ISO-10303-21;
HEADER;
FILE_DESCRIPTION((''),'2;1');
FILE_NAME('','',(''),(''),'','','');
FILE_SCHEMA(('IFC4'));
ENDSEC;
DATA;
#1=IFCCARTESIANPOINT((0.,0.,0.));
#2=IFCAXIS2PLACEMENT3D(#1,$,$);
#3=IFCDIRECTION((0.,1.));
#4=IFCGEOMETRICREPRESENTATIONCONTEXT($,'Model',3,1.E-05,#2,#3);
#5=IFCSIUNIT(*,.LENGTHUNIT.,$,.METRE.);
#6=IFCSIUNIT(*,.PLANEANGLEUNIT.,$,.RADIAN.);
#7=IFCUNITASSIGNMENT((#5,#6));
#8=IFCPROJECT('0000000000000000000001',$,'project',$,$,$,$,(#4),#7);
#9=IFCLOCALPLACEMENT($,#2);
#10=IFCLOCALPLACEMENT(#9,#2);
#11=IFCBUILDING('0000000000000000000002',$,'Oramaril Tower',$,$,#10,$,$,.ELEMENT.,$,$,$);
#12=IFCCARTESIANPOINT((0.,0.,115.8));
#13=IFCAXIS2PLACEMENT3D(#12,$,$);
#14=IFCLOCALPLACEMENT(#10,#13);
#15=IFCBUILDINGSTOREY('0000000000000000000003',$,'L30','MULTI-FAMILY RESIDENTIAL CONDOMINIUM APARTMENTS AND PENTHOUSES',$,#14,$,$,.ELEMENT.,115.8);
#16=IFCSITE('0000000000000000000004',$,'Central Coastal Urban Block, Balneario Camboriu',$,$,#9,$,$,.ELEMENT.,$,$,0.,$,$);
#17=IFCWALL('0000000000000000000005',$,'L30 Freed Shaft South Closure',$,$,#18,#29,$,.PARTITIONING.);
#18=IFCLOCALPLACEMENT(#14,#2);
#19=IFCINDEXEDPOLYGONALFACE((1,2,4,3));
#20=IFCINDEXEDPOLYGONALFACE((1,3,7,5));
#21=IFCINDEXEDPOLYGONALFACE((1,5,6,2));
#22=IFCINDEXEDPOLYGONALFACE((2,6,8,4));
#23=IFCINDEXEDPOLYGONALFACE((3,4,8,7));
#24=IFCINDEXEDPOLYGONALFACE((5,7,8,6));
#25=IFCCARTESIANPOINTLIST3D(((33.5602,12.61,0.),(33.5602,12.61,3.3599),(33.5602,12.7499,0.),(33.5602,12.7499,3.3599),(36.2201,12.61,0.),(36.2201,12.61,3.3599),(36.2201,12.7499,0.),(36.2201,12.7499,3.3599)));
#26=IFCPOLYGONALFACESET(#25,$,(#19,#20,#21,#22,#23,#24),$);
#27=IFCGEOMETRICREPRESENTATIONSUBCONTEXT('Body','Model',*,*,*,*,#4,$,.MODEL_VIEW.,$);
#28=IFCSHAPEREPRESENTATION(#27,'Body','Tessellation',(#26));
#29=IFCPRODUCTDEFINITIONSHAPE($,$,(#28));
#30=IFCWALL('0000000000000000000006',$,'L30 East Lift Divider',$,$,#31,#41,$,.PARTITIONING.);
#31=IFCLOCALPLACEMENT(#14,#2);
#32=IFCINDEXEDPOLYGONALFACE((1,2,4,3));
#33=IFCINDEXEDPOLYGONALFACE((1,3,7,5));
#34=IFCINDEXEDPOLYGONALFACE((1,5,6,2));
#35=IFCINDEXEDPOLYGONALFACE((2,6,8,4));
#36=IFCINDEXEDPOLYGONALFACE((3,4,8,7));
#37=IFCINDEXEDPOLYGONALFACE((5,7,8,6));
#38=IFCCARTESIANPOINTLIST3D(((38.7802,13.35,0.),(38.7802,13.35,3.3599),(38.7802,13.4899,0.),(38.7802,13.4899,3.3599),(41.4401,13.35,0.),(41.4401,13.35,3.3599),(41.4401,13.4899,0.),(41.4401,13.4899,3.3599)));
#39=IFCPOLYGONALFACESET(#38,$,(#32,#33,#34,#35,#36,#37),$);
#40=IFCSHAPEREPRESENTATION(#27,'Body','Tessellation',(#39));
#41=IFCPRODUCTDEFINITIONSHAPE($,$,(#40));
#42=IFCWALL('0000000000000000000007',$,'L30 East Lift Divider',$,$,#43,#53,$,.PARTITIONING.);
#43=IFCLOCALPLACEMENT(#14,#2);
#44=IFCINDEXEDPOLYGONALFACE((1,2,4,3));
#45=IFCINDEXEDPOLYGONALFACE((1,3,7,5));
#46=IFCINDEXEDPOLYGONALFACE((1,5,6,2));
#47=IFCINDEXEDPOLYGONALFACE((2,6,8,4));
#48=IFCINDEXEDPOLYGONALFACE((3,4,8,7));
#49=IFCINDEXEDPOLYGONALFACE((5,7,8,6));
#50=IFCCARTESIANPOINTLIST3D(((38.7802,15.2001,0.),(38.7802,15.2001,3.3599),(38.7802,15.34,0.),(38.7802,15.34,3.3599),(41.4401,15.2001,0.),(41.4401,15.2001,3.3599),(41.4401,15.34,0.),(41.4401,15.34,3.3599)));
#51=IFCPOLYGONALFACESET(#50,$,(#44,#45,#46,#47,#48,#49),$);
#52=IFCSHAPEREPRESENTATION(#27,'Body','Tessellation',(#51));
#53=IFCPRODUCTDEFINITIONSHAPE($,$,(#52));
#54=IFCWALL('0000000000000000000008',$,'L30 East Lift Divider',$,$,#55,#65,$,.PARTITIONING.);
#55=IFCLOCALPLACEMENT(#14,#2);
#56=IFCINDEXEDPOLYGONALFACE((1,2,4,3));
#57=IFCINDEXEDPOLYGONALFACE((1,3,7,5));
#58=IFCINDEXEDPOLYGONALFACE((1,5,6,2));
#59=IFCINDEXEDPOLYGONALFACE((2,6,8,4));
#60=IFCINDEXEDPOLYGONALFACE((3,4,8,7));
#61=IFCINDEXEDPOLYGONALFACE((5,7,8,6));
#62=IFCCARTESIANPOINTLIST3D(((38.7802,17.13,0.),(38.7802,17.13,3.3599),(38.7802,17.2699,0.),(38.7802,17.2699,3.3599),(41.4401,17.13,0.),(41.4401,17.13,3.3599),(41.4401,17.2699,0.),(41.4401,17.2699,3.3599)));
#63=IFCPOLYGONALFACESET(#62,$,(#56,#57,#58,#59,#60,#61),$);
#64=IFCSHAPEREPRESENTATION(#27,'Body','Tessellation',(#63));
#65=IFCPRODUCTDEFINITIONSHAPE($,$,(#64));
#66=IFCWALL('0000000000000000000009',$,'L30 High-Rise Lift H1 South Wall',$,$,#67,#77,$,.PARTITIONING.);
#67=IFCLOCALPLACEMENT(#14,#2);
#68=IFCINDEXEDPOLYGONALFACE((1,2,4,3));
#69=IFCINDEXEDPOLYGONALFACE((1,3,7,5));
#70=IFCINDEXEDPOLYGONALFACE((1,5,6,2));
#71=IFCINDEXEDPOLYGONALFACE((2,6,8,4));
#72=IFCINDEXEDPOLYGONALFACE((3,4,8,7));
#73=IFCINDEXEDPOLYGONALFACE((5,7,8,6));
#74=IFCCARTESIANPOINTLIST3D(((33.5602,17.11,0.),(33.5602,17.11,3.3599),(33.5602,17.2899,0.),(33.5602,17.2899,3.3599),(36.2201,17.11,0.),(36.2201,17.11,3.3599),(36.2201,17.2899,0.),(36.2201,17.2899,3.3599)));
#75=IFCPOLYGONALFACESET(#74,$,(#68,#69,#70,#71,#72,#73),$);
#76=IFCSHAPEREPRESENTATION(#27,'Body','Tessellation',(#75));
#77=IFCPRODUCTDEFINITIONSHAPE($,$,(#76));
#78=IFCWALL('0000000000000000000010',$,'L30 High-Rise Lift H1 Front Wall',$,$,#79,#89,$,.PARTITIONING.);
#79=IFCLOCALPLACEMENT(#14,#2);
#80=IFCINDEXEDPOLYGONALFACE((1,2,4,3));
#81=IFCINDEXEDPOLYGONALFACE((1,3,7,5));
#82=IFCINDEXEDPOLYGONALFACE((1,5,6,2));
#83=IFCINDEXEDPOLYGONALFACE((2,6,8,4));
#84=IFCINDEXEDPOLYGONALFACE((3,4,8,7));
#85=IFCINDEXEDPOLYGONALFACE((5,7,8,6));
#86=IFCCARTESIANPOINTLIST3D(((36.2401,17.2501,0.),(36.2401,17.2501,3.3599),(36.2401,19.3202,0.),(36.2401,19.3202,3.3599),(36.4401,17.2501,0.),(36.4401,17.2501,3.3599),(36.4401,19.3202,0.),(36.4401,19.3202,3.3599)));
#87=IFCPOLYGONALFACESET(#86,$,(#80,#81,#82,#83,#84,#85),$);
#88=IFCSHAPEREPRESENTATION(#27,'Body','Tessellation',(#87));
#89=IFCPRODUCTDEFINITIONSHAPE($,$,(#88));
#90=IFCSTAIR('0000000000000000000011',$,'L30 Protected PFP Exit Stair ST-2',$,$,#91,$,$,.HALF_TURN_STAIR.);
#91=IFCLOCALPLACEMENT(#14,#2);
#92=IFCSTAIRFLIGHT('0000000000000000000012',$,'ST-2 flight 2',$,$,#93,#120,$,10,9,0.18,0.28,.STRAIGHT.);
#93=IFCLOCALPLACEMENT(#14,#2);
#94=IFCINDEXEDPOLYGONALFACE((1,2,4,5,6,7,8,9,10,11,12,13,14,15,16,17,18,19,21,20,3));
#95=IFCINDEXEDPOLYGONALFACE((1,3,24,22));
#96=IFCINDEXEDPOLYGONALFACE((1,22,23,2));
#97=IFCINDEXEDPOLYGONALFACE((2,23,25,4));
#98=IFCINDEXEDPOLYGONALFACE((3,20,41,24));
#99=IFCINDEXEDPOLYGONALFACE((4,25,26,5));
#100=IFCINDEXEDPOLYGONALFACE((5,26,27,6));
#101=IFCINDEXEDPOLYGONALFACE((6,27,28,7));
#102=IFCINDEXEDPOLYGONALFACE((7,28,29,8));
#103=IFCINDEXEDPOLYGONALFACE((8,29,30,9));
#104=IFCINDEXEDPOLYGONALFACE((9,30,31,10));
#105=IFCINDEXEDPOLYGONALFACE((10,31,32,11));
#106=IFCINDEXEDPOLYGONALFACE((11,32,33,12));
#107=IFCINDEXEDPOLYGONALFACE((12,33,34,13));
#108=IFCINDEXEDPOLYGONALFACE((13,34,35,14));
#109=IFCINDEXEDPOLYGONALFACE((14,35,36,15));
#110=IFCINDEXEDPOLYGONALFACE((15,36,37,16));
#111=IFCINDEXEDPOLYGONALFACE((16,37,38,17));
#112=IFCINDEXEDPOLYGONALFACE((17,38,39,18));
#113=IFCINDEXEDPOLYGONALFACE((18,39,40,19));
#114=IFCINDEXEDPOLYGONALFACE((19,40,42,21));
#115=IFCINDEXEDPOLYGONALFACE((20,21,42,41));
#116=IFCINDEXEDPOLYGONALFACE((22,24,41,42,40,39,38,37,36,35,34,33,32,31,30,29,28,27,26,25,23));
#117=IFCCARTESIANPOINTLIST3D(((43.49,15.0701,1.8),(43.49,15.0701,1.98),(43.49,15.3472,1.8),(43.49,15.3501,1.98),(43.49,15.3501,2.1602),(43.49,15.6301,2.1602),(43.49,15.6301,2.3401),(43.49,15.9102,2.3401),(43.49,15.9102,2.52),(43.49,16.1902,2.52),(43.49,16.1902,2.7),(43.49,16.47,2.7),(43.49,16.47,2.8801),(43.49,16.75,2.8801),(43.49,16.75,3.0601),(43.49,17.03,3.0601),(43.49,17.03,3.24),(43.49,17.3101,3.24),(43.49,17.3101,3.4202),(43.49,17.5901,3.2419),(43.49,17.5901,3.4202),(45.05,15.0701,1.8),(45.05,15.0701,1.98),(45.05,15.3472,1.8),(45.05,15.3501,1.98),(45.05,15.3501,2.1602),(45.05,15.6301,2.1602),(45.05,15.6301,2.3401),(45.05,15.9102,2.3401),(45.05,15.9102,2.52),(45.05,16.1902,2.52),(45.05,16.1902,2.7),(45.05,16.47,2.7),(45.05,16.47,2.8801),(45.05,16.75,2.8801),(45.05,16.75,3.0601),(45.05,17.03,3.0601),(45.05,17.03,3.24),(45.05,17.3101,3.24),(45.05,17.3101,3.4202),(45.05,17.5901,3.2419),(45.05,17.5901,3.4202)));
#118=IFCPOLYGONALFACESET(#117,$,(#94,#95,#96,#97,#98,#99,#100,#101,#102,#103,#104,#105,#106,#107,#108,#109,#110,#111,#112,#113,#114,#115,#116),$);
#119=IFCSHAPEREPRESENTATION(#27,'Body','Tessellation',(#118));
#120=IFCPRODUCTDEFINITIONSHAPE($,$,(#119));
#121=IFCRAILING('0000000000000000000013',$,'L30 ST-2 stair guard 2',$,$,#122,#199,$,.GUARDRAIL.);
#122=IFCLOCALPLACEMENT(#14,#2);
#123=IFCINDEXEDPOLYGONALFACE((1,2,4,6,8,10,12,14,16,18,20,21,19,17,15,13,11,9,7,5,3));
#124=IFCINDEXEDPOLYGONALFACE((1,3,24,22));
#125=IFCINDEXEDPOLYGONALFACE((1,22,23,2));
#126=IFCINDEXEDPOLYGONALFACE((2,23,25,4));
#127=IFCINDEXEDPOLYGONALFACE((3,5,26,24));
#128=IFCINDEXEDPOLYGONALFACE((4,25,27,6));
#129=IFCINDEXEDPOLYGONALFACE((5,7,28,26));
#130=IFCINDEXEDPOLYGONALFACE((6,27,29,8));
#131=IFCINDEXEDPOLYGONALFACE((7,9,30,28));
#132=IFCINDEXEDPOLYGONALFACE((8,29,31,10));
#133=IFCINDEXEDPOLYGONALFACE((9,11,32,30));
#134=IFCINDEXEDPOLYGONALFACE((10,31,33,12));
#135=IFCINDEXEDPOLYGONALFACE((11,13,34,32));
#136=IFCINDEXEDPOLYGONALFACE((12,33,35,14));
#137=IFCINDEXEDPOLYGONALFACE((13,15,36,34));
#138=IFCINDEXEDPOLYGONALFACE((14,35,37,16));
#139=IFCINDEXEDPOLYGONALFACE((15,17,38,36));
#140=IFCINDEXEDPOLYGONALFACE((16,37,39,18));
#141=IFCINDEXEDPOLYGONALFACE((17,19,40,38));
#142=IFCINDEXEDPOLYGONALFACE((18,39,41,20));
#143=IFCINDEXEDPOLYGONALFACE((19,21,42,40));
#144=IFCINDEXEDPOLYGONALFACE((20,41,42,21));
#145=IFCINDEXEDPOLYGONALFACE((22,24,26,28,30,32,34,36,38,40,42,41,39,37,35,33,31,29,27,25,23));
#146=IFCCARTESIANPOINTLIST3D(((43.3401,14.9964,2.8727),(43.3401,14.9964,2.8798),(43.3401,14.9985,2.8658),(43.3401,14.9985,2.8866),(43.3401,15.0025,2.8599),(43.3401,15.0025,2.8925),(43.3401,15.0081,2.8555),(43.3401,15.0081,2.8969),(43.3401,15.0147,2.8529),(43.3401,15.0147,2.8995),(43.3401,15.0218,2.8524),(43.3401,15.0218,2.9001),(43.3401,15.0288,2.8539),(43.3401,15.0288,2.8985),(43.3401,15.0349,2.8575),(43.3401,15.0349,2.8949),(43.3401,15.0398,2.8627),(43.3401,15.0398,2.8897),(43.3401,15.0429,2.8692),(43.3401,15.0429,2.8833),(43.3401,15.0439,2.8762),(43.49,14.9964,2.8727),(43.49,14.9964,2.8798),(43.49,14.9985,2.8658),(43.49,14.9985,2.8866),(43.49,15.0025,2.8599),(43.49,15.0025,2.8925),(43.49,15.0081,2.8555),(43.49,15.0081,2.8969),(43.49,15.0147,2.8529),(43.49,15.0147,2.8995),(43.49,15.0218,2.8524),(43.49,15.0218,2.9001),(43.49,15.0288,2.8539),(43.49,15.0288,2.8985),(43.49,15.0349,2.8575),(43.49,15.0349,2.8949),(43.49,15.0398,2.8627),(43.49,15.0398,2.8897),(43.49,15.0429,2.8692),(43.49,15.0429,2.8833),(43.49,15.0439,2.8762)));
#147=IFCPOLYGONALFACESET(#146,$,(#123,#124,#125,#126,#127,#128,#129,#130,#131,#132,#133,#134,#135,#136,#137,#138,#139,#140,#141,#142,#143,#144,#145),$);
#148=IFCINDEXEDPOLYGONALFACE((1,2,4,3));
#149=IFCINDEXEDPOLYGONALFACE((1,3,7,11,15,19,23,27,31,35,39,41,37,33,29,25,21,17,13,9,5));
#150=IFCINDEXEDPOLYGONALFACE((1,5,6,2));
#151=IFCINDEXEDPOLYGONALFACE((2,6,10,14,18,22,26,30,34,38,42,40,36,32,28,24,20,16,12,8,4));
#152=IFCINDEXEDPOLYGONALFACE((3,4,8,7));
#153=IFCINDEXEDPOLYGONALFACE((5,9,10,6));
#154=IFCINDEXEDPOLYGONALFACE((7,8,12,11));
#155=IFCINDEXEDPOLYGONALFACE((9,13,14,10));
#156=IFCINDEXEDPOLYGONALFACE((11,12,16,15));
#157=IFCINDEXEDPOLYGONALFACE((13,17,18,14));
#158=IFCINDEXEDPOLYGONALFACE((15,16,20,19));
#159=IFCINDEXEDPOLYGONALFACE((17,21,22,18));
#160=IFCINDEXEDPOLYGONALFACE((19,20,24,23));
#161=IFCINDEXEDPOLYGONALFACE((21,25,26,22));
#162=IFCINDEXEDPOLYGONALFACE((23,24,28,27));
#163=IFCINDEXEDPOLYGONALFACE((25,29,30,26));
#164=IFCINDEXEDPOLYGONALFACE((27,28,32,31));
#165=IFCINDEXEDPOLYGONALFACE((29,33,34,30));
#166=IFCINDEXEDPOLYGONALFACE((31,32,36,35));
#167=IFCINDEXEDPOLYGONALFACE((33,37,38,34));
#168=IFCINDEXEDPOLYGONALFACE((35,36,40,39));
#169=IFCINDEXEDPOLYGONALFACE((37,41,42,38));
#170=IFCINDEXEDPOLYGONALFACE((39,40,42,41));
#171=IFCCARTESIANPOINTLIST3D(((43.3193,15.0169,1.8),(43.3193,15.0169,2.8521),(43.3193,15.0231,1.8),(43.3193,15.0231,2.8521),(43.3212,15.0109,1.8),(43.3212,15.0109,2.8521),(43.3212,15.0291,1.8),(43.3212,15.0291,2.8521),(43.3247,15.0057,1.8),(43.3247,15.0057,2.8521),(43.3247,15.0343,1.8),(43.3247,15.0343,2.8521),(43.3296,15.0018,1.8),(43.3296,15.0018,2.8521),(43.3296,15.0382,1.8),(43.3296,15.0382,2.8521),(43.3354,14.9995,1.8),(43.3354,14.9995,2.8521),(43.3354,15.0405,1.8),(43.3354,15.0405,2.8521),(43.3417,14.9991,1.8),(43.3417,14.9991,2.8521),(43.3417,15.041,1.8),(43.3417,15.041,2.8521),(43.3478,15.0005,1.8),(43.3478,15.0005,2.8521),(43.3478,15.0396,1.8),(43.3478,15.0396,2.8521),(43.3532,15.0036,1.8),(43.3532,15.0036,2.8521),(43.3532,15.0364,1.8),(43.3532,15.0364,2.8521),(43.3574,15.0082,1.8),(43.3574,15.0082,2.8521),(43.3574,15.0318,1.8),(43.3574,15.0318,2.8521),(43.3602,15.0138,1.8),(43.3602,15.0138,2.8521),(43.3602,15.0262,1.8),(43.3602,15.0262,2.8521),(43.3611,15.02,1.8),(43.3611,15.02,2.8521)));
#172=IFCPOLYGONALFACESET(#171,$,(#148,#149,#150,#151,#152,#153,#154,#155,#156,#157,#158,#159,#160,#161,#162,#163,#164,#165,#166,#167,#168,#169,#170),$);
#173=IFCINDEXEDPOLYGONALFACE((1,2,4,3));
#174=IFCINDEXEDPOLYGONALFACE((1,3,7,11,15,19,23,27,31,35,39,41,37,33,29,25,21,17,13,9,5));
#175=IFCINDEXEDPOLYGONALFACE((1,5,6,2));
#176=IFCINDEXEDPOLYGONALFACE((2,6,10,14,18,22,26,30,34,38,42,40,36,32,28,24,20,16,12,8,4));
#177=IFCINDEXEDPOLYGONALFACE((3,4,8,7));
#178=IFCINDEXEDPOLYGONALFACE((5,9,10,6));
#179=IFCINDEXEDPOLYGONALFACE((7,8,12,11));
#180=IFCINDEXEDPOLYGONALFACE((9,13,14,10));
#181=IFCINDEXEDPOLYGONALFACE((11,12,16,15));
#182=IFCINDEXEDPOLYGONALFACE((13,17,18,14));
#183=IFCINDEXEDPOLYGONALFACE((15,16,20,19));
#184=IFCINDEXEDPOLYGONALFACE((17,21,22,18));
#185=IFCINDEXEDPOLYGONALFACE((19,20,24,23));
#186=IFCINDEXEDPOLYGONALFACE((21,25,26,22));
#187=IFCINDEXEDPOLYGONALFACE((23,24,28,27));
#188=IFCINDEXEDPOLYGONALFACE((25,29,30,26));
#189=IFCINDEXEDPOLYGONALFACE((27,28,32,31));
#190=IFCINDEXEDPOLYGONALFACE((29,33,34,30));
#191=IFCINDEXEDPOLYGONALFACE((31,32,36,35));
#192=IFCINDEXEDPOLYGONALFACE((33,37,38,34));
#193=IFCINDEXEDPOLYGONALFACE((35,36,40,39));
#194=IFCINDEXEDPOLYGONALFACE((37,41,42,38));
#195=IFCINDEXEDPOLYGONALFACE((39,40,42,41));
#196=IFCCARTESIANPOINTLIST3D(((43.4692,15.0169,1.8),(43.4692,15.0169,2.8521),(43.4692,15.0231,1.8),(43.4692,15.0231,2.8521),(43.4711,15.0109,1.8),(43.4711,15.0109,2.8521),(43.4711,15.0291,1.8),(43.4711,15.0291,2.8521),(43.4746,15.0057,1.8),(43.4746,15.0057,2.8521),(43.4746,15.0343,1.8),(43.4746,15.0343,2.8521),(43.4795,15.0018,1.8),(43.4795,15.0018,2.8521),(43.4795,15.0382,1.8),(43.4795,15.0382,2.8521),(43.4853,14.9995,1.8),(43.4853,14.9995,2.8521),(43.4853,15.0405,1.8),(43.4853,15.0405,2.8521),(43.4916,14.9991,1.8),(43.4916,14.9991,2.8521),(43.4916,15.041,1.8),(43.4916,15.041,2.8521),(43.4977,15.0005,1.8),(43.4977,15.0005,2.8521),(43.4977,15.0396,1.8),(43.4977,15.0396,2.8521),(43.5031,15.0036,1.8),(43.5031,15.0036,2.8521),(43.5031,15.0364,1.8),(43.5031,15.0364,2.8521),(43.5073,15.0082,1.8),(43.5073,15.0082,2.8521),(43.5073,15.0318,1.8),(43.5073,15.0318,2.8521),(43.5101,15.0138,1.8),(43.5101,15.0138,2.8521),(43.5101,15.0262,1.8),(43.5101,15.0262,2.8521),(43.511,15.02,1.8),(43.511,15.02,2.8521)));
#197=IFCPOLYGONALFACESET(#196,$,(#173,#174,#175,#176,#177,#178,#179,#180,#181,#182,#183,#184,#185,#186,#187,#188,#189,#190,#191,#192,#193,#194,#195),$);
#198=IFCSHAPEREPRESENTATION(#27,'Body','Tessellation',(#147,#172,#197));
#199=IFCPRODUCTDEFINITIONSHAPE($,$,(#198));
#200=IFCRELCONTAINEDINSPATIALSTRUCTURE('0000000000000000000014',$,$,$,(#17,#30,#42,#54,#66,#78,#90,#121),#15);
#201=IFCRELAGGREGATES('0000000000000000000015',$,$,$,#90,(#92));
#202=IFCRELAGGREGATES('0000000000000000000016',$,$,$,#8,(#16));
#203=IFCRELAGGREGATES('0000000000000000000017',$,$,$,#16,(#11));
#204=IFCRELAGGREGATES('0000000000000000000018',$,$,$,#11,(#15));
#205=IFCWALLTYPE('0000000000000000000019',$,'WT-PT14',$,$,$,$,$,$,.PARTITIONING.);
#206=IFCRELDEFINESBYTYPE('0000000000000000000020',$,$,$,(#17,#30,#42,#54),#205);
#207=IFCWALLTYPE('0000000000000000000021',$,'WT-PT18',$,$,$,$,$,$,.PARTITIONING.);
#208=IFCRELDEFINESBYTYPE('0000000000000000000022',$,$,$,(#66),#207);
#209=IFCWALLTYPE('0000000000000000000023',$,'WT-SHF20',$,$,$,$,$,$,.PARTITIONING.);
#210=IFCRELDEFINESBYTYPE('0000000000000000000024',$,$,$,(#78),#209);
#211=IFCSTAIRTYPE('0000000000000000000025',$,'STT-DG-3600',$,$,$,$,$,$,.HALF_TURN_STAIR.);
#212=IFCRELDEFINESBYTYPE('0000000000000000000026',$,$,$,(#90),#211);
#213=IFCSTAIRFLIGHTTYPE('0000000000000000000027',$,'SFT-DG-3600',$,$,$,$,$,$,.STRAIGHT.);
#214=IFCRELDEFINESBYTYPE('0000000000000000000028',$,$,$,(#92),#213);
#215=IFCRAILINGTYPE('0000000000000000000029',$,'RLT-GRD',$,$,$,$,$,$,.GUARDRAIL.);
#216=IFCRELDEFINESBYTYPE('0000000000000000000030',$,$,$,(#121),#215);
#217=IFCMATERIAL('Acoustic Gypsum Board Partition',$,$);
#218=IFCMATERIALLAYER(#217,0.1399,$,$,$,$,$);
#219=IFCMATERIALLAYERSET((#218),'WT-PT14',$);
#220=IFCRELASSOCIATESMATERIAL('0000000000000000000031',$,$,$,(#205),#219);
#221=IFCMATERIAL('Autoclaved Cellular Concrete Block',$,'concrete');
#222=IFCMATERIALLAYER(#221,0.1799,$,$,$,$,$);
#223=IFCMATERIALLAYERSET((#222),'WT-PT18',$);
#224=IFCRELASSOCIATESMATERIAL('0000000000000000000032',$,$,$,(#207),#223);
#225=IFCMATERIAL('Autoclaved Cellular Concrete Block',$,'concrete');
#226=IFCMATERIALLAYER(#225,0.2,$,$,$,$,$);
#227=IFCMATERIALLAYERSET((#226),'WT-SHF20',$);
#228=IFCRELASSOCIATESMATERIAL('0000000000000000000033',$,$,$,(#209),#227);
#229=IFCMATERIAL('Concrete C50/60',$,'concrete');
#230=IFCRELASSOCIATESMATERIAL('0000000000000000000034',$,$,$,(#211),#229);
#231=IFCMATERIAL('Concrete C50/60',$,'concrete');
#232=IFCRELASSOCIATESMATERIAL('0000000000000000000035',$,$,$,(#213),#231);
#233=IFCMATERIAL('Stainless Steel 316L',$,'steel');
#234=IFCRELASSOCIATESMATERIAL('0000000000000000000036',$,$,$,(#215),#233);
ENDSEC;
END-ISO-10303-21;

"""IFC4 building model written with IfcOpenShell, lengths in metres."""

from ifc_helpers import new_model, si_unit, direction, frame, frame_2d, origin, origin_2d, place, context, subcontext, project, spatial, polyline, rectangle, circle, outline, extrude, material, layer, layer_set, type_object, element, aggregate, save


model = new_model("IFC4")

# Units and contexts
model_context = context("Model", 3, precision=1e-05, world=origin(), true_north=direction((0.0, 1.0)))
body_context = subcontext(model_context, "Body", "Model", "MODEL_VIEW")
ifc_project = project(units=[si_unit("LENGTHUNIT", "METRE"), si_unit("PLANEANGLEUNIT", "RADIAN")], contexts=[model_context])

# Site, building, storey
site_placement = place(None, origin())
site = spatial("IfcSite", under=ifc_project, at=site_placement, Name="Central Coastal Urban Block, Balneario Camboriu", CompositionType="ELEMENT", RefElevation=0.0)
building_placement = place(site_placement, origin())
building = spatial("IfcBuilding", under=site, at=building_placement, Name="Oramaril Tower", CompositionType="ELEMENT")
storey_placement = place(building_placement, frame((0.0, 0.0, 115.8)))
storey = spatial("IfcBuildingStorey", under=building, at=storey_placement, Name="L30", Description="MULTI-FAMILY RESIDENTIAL CONDOMINIUM APARTMENTS AND PENTHOUSES", CompositionType="ELEMENT", Elevation=115.8)

# Walls
ifc_material_1 = material(Name="Acoustic Gypsum Board Partition")
ifc_layer_1 = layer(ifc_material_1, 0.1399)
ifc_layer_set_1 = layer_set([ifc_layer_1], Name="WT-PT14")
wall_type_1 = type_object("IfcWallType", Name="WT-PT14", PredefinedType="PARTITIONING", material=ifc_layer_set_1)
for number, where, z_axis, x_axis, name in (
    (1, (33.5601, 12.6799, 0.0), (0.0, 0.0, 1.0), (1.0, 0.0, 0.0), "L30 Freed Shaft South Closure"),
    (2, (38.78, 13.4199, 0.0), (0.0, 0.0, 1.0), (1.0, 0.0, 0.0), "L30 East Lift Divider"),
    (3, (38.78, 15.27, 0.0), (0.0, 0.0, 1.0), (1.0, 0.0, 0.0), "L30 East Lift Divider"),
    (4, (38.78, 17.2, 0.0), (0.0, 0.0, 1.0), (1.0, 0.0, 0.0), "L30 East Lift Divider"),
):
    element("IfcWall", number, at=place(storey_placement, frame(where, z_axis=z_axis, x_axis=x_axis)), inside=storey, type_object=wall_type_1, Name=name, PredefinedType="PARTITIONING", context=body_context, shape_type="SweptSolid", body=[
        extrude(rectangle(XDim=2.6599, YDim=0.1399, at=frame_2d((1.3301, 0.0))), origin(), (0.0, 0.0, 1.0), 3.3599),
    ])
ifc_material_2 = material(Name="Autoclaved Cellular Concrete Block", Category="concrete")
ifc_layer_2 = layer(ifc_material_2, 0.1799)
ifc_layer_set_2 = layer_set([ifc_layer_2], Name="WT-PT18")
wall_type_2 = type_object("IfcWallType", Name="WT-PT18", PredefinedType="PARTITIONING", material=ifc_layer_set_2)
wall_1_placement = place(storey_placement, frame((33.5601, 17.2, 0.0), z_axis=(0.0, 0.0, 1.0), x_axis=(1.0, 0.0, 0.0)))
element("IfcWall", 5, at=wall_1_placement, inside=storey, type_object=wall_type_2, Name="L30 High-Rise Lift H1 South Wall", PredefinedType="PARTITIONING", context=body_context, shape_type="SweptSolid", body=[
    extrude(rectangle(XDim=2.6599, YDim=0.1799, at=frame_2d((1.3301, 0.0))), origin(), (0.0, 0.0, 1.0), 3.3599),
])
ifc_material_3 = material(Name="Autoclaved Cellular Concrete Block", Category="concrete")
ifc_layer_3 = layer(ifc_material_3, 0.2)
ifc_layer_set_3 = layer_set([ifc_layer_3], Name="WT-SHF20")
wall_type_3 = type_object("IfcWallType", Name="WT-SHF20", PredefinedType="PARTITIONING", material=ifc_layer_set_3)
wall_2_placement = place(storey_placement, frame((36.3401, 17.25, 0.0), z_axis=(0.0, 0.0, 1.0), x_axis=(0.0, 1.0, 0.0)))
element("IfcWall", 6, at=wall_2_placement, inside=storey, type_object=wall_type_3, Name="L30 High-Rise Lift H1 Front Wall", PredefinedType="PARTITIONING", context=body_context, shape_type="SweptSolid", body=[
    extrude(rectangle(XDim=2.0701, YDim=0.2, at=frame_2d((1.0352, 0.0))), origin(), (0.0, 0.0, 1.0), 3.3599),
])

# Stair, stair flight
ifc_material_4 = material(Name="Concrete C50/60", Category="concrete")
stair_type = type_object("IfcStairType", Name="STT-DG-3600", PredefinedType="HALF_TURN_STAIR", material=ifc_material_4)
stair_placement = place(storey_placement, origin())
stair = element("IfcStair", 7, at=stair_placement, inside=storey, type_object=stair_type, Name="L30 Protected PFP Exit Stair ST-2", PredefinedType="HALF_TURN_STAIR")
ifc_material_5 = material(Name="Concrete C50/60", Category="concrete")
stair_flight_type = type_object("IfcStairFlightType", Name="SFT-DG-3600", PredefinedType="STRAIGHT", material=ifc_material_5)
stair_flight_placement = place(storey_placement, frame((44.27, 15.0701, 1.8), z_axis=(0.0, 0.0, 1.0), x_axis=(0.0, 1.0, 0.0)))
stair_flight = element("IfcStairFlight", 8, at=stair_flight_placement, type_object=stair_flight_type, Name="ST-2 flight 2", NumberOfRisers=10, NumberOfTreads=9, PredefinedType="STRAIGHT", RiserHeight=0.18, TreadLength=0.28, context=body_context, shape_type="SweptSolid", body=[
    extrude(outline(polyline([(0.0, 0.0), (0.0, 0.1799), (0.28, 0.1799), (0.28, 0.3601), (0.5601, 0.3601), (0.5601, 0.54), (0.8401, 0.54), (0.8401, 0.72), (1.1201, 0.72), (1.1201, 0.8999), (1.3999, 0.8999), (1.3999, 1.0801), (1.6799, 1.0801), (1.6799, 1.26), (1.96, 1.26), (1.96, 1.4399), (2.24, 1.4399), (2.24, 1.6201), (2.52, 1.6201), (2.52, 1.8), (2.52, 1.4419), (0.2771, 0.0), (0.0, 0.0)])), frame((0.0, 0.78, 0.0), z_axis=(0.0, -1.0, 0.0), x_axis=(1.0, 0.0, 0.0)), (0.0, 0.0, 1.0), 1.5601),
])
aggregate(stair, [stair_flight])

# Railing
ifc_material_6 = material(Name="Stainless Steel 316L", Category="steel")
railing_type_1 = type_object("IfcRailingType", Name="RLT-GRD", PredefinedType="GUARDRAIL", material=ifc_material_6)
railing_1_placement = place(storey_placement, frame((43.3401, 15.02, 1.8)))
element("IfcRailing", 9, at=railing_1_placement, inside=storey, type_object=railing_type_1, Name="L30 ST-2 stair guard 2", PredefinedType="GUARDRAIL", context=body_context, shape_type="SweptSolid", body=[
    extrude(circle(Radius=0.0239, at=origin_2d()), frame((0.0, 0.0, 1.0762), z_axis=(1.0, 0.0, 0.0), x_axis=(0.0, 1.0, 0.0)), (0.0, 0.0, 1.0), 0.1499),
    extrude(circle(Radius=0.021, at=origin_2d()), origin(), (0.0, 0.0, 1.0), 1.052),
    extrude(circle(Radius=0.021, at=origin_2d()), frame((0.1499, 0.0, 0.0)), (0.0, 0.0, 1.0), 1.052),
])

save(model, "model.ifc")
